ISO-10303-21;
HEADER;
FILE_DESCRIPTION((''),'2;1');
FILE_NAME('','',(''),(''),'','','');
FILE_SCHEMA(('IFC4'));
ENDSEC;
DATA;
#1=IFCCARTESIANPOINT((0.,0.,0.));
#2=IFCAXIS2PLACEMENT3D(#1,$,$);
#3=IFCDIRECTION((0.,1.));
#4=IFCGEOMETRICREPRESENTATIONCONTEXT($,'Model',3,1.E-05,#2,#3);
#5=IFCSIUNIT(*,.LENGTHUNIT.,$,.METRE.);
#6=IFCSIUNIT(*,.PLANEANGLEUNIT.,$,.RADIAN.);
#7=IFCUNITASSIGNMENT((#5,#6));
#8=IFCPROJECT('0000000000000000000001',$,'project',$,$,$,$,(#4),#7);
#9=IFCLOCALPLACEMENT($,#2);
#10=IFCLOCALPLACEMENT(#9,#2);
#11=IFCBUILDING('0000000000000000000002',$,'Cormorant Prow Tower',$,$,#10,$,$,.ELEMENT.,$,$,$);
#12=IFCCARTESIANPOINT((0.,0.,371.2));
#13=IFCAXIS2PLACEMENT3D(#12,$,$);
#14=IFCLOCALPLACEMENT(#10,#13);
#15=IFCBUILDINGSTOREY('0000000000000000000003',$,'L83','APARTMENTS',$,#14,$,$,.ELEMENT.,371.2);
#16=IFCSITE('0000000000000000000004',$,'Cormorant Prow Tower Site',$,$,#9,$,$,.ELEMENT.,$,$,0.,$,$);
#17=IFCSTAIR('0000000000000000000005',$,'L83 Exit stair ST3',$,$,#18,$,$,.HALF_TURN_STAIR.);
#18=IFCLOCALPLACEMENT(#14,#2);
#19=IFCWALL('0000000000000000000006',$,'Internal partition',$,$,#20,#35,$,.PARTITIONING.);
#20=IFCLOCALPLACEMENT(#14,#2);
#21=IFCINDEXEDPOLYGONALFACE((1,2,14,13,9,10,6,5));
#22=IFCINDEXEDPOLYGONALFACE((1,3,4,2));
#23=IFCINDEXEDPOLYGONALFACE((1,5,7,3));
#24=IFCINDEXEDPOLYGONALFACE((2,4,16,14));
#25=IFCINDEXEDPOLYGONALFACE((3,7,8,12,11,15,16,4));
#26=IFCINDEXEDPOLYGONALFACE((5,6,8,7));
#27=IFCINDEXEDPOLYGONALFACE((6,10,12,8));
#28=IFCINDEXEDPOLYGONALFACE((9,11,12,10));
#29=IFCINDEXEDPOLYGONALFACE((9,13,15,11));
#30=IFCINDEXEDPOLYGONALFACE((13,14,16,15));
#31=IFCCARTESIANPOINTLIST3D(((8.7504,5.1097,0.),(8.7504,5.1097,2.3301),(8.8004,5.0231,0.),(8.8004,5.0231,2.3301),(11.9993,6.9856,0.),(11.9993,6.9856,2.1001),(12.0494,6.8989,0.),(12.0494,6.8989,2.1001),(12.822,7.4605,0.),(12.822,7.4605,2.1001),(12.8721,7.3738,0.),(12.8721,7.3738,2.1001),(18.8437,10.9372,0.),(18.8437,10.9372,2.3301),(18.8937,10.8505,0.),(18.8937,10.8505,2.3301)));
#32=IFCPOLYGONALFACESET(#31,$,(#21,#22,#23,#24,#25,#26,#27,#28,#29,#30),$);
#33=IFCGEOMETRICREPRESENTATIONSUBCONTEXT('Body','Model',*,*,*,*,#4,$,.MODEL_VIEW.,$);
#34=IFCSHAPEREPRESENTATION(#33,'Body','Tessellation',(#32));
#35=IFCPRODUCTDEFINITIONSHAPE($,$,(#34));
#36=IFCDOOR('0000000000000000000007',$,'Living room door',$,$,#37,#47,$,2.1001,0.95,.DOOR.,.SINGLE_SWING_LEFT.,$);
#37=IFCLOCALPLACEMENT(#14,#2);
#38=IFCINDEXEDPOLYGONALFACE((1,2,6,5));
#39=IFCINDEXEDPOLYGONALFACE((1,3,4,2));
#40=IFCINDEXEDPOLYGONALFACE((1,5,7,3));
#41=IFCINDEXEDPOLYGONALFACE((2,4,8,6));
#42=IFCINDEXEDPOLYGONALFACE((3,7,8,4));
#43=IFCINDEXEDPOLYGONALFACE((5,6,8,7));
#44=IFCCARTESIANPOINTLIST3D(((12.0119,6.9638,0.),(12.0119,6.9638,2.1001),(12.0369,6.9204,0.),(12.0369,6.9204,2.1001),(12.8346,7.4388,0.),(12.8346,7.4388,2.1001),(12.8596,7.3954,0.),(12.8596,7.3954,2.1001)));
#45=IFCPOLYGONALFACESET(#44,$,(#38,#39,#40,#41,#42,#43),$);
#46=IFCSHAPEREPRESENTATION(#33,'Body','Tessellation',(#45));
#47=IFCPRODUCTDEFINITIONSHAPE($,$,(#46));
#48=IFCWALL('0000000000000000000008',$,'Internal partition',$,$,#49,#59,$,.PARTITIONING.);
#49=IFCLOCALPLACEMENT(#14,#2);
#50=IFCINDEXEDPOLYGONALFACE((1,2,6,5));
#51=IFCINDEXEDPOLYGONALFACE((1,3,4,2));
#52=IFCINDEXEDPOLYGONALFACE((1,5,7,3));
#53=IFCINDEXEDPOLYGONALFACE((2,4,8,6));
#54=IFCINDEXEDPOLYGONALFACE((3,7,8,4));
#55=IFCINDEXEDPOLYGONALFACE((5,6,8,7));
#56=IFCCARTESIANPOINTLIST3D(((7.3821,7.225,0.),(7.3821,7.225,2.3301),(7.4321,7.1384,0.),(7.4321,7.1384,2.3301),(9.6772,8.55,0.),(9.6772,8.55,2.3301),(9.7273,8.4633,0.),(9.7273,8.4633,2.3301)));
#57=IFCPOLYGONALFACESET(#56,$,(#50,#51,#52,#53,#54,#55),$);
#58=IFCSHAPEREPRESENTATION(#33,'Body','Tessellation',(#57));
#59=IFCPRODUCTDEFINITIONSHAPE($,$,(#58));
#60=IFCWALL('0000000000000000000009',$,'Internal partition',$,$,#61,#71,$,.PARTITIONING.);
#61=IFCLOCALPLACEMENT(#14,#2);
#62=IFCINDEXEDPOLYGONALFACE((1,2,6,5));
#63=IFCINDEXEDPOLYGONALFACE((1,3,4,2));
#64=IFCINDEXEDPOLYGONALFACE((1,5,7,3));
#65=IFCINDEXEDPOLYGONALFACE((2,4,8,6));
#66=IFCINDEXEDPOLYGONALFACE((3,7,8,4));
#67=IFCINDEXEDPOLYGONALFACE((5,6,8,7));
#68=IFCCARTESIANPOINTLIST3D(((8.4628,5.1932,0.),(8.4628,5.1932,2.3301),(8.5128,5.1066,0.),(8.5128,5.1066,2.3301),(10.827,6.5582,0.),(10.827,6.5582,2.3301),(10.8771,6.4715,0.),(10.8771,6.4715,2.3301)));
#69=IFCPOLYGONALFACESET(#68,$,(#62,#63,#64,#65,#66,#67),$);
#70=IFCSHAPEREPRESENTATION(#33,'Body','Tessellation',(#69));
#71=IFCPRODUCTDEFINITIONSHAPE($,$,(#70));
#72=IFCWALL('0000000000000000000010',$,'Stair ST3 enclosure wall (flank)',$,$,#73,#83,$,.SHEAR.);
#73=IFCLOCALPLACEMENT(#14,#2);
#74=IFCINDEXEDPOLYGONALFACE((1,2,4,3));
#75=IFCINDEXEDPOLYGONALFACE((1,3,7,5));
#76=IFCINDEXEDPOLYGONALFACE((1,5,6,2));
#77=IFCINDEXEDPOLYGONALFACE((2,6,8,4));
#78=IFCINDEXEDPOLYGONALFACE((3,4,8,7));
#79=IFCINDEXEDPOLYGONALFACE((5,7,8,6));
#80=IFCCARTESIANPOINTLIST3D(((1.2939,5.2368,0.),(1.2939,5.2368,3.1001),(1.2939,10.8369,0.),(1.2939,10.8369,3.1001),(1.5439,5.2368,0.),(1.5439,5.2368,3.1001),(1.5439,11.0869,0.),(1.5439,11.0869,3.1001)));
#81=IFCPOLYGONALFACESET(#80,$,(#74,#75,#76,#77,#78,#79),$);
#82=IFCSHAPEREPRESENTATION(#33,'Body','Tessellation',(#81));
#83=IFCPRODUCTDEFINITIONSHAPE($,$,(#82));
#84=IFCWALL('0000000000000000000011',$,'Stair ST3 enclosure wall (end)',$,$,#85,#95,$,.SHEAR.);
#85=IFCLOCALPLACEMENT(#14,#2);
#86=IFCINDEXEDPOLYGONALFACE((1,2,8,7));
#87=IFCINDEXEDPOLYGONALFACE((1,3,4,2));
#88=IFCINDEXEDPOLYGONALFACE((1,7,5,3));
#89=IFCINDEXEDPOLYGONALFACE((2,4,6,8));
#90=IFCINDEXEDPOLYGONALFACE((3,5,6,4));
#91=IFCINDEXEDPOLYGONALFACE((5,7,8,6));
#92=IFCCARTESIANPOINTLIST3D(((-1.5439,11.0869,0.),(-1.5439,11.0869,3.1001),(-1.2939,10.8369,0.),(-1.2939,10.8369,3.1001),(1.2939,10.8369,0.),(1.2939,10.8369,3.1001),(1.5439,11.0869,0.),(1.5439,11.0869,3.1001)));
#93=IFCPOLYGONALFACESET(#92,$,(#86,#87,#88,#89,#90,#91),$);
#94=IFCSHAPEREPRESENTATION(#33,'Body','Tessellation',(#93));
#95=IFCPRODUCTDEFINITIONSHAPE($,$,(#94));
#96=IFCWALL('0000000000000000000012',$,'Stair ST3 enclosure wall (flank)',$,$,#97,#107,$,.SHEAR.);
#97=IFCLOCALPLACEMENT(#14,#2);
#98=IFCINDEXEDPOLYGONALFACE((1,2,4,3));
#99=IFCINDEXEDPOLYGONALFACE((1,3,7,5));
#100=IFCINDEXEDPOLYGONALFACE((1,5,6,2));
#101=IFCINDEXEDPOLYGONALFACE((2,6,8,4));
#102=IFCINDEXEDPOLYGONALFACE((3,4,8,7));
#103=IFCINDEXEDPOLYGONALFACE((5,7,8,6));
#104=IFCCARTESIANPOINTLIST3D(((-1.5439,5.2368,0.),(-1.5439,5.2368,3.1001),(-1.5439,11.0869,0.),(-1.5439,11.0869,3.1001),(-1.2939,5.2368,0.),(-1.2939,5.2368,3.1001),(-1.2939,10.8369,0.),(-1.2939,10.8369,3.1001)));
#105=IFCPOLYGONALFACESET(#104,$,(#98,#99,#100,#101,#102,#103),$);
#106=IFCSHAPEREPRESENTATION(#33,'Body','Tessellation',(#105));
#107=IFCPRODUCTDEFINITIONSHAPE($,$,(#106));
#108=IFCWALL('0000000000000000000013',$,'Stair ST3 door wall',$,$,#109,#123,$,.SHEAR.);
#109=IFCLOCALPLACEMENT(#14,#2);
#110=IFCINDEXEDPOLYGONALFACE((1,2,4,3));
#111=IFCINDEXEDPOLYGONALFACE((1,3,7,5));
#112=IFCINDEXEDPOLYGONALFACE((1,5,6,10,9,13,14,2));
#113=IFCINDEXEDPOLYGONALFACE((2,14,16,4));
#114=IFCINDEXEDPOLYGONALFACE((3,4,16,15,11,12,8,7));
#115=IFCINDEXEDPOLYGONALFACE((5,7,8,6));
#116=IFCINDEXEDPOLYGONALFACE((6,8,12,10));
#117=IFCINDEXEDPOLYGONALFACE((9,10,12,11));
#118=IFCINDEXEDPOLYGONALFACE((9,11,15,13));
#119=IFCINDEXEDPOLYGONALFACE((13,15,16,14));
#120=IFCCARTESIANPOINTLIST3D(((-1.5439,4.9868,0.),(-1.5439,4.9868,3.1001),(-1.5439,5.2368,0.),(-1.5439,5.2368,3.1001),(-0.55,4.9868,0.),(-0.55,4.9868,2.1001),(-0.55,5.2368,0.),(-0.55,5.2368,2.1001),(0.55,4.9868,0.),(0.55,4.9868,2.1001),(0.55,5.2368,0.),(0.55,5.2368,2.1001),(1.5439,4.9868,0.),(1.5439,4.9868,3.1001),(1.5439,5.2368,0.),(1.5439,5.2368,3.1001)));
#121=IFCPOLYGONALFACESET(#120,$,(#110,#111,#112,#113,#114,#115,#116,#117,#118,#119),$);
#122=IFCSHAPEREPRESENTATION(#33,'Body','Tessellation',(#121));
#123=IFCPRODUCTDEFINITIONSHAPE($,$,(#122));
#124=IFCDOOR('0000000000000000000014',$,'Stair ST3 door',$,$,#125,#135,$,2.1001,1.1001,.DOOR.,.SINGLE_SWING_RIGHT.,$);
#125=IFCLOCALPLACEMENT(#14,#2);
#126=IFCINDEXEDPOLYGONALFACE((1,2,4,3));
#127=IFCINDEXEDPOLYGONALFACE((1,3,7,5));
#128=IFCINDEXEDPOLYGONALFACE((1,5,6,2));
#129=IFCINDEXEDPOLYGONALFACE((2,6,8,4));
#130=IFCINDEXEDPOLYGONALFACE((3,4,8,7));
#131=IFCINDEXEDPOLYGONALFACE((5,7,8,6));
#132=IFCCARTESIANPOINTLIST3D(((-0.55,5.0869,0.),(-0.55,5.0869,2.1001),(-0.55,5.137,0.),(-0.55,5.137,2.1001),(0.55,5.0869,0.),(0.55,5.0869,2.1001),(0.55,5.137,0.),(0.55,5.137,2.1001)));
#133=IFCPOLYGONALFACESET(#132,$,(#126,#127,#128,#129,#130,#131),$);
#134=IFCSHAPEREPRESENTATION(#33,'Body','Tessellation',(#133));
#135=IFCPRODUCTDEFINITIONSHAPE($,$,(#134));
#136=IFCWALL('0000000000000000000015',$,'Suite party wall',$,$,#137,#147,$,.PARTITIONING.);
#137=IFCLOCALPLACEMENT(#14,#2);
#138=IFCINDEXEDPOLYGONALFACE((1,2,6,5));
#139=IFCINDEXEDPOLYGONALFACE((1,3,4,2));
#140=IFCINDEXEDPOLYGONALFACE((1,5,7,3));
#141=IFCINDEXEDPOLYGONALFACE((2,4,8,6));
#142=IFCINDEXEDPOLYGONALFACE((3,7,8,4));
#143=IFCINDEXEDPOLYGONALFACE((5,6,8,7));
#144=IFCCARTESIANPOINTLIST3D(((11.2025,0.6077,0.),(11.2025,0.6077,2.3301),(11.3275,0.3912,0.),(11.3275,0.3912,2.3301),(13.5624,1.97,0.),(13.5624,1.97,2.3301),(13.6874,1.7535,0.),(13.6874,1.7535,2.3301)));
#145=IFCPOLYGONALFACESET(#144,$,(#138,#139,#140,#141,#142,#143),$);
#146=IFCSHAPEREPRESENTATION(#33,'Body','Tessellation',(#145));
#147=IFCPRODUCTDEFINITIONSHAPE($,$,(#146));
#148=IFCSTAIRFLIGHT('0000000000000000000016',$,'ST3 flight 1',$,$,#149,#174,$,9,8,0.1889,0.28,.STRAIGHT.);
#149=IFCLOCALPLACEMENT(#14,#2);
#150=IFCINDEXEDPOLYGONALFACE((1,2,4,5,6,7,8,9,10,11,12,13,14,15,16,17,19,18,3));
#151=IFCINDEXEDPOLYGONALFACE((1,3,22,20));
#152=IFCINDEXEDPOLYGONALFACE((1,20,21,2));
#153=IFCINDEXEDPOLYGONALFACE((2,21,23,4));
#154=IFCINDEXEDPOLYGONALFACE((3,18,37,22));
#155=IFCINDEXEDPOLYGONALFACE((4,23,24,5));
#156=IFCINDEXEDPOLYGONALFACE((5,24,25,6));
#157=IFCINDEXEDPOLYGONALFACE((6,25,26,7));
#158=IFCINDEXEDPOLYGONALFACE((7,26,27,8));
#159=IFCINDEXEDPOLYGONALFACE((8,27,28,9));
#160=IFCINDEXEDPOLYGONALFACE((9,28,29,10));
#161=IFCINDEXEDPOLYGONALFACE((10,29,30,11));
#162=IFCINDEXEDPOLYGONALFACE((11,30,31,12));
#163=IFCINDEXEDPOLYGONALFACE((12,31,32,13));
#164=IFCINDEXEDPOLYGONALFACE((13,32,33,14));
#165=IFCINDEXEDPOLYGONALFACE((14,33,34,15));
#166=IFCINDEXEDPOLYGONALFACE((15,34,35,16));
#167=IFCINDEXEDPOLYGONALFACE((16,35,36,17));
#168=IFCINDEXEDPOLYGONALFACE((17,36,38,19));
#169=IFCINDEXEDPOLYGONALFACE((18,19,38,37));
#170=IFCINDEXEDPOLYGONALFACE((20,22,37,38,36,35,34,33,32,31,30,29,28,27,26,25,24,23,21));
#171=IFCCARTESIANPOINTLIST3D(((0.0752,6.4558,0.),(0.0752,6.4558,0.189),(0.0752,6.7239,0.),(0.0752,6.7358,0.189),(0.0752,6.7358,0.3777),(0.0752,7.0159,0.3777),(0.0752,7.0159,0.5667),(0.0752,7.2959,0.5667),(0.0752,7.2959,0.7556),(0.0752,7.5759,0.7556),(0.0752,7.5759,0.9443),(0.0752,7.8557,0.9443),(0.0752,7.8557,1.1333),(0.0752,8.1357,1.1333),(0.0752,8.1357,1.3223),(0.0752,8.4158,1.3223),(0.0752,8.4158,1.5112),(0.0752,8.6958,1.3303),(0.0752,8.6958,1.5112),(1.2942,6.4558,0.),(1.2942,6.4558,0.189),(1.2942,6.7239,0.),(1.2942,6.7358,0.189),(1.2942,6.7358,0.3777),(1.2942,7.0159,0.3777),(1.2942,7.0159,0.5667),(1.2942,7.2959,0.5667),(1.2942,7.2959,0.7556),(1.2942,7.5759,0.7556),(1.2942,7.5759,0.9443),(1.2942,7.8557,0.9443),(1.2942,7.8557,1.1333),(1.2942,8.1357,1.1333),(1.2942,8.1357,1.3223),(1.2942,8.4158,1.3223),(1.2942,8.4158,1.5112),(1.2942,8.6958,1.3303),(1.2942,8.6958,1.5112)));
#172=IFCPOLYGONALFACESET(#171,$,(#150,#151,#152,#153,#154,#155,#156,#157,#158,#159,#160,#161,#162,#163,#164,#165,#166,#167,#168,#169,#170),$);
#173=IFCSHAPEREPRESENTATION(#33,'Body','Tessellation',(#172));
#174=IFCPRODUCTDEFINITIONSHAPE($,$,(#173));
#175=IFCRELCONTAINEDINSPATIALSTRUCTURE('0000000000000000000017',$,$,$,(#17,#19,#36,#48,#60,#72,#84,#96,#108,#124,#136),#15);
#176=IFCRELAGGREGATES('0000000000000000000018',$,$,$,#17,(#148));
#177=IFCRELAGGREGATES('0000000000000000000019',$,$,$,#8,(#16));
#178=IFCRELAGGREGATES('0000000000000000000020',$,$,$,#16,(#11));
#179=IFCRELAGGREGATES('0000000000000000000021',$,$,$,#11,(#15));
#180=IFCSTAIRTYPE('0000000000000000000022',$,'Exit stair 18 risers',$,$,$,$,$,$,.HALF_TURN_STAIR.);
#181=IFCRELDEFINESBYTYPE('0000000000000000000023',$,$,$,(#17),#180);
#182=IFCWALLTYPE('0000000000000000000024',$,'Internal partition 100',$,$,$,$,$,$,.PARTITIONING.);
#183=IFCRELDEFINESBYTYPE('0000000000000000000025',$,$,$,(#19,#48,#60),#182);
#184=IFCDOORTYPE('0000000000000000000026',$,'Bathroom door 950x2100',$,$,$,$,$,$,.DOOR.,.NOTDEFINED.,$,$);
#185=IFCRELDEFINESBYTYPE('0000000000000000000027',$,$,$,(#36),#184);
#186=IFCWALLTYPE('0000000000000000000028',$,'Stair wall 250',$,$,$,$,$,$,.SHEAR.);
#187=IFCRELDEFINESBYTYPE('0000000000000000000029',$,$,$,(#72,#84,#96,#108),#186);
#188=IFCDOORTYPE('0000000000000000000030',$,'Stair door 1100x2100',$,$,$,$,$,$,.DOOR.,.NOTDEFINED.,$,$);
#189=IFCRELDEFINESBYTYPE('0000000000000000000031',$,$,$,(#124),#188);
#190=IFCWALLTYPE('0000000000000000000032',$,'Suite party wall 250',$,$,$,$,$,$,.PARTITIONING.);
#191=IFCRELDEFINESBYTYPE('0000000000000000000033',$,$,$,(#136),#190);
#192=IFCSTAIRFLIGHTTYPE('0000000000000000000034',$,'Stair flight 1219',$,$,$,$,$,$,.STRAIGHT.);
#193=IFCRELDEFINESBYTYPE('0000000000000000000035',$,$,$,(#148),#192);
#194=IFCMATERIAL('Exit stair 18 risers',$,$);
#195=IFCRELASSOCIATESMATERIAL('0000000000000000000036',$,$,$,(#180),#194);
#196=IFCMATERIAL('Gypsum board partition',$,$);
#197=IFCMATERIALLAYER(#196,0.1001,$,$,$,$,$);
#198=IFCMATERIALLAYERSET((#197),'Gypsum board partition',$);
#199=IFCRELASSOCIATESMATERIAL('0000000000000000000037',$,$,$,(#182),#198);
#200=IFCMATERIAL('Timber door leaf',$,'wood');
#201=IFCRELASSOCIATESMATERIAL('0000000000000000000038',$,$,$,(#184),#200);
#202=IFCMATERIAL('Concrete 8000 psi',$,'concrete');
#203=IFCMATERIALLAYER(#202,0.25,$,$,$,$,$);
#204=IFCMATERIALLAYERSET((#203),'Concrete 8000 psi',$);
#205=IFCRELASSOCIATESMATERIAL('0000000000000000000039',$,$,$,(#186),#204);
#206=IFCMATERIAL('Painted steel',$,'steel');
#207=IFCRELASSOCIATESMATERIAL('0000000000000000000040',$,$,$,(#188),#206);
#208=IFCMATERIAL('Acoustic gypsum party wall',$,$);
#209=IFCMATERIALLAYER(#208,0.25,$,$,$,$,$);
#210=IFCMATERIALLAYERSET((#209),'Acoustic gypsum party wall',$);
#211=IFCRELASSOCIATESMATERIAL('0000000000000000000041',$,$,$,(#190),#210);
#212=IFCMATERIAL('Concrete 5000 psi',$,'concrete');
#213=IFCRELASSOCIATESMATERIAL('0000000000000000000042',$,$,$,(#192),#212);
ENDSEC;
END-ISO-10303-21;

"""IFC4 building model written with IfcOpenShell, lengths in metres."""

from ifc_helpers import new_model, si_unit, direction, frame, frame_2d, origin, place, context, subcontext, project, spatial, polyline, rectangle, outline, extrude, material, layer, layer_set, type_object, element, fill, aggregate, save


model = new_model("IFC4")

# Units and contexts
model_context = context("Model", 3, precision=1e-05, world=origin(), true_north=direction((0.0, 1.0)))
body_context = subcontext(model_context, "Body", "Model", "MODEL_VIEW")
ifc_project = project(units=[si_unit("LENGTHUNIT", "METRE"), si_unit("PLANEANGLEUNIT", "RADIAN")], contexts=[model_context])

# Site, building, storey
site_placement = place(None, origin())
site = spatial("IfcSite", under=ifc_project, at=site_placement, Name="Cormorant Prow Tower Site", CompositionType="ELEMENT", RefElevation=0.0)
building_placement = place(site_placement, origin())
building = spatial("IfcBuilding", under=site, at=building_placement, Name="Cormorant Prow Tower", CompositionType="ELEMENT")
storey_placement = place(building_placement, frame((0.0, 0.0, 371.2)))
storey = spatial("IfcBuildingStorey", under=building, at=storey_placement, Name="L83", Description="APARTMENTS", CompositionType="ELEMENT", Elevation=371.2)

# Stair
ifc_material_1 = material(Name="Exit stair 18 risers")
stair_type = type_object("IfcStairType", Name="Exit stair 18 risers", PredefinedType="HALF_TURN_STAIR", material=ifc_material_1)
stair_1_placement = place(storey_placement, origin())
stair_1 = element("IfcStair", 1, at=stair_1_placement, inside=storey, type_object=stair_type, Name="L83 Exit stair ST3", PredefinedType="HALF_TURN_STAIR")

# Wall, opening, door
ifc_material_2 = material(Name="Gypsum board partition")
ifc_layer_1 = layer(ifc_material_2, 0.1001)
ifc_layer_set_1 = layer_set([ifc_layer_1], Name="Gypsum board partition")
wall_type_1 = type_object("IfcWallType", Name="Internal partition 100", PredefinedType="PARTITIONING", material=ifc_layer_set_1)
wall_1_placement = place(storey_placement, frame((8.7754, 5.0664, 0.0), z_axis=(0.0, 0.0, 1.0), x_axis=(0.866024, 0.500003, 0.0)))
wall_1 = element("IfcWall", 2, at=wall_1_placement, inside=storey, type_object=wall_type_1, Name="Internal partition", PredefinedType="PARTITIONING", context=body_context, shape_type="SweptSolid", body=[
    extrude(rectangle(XDim=11.6548, YDim=0.1001, at=frame_2d((5.8274, 0.0))), origin(), (0.0, 0.0, 1.0), 2.3301),
])
opening_1_placement = place(wall_1_placement, frame((3.7515, 0.0, 0.0)))
opening_1 = element("IfcOpeningElement", 3, at=opening_1_placement, cuts=wall_1, PredefinedType="OPENING", context=body_context, shape_type="SweptSolid", body=[
    extrude(rectangle(XDim=0.95, YDim=2.1001, at=frame_2d((0.4751, 1.05))), frame((0.0, 0.0601, 0.0), z_axis=(0.0, -1.0, 0.0), x_axis=(1.0, 0.0, 0.0)), (0.0, 0.0, 1.0), 0.1201),
])
ifc_material_3 = material(Name="Timber door leaf", Category="wood")
door_type_1 = type_object("IfcDoorType", Name="Bathroom door 950x2100", OperationType="NOTDEFINED", PredefinedType="DOOR", material=ifc_material_3)
door_1_placement = place(opening_1_placement, origin())
door_1 = element("IfcDoor", 4, at=door_1_placement, inside=storey, type_object=door_type_1, Name="Living room door", OperationType="SINGLE_SWING_LEFT", OverallHeight=2.1001, OverallWidth=0.95, PredefinedType="DOOR", context=body_context, shape_type="SweptSolid", body=[
    extrude(rectangle(XDim=0.95, YDim=2.1001, at=frame_2d((0.4751, 1.05))), frame((0.0, 0.0249, 0.0), z_axis=(0.0, -1.0, 0.0), x_axis=(1.0, 0.0, 0.0)), (0.0, 0.0, 1.0), 0.05),
])
fill(opening_1, door_1)

# Walls
wall_2_placement = place(storey_placement, frame((7.407, 7.1816, 0.0), z_axis=(0.0, 0.0, 1.0), x_axis=(0.866052, 0.499954, 0.0)))
element("IfcWall", 5, at=wall_2_placement, inside=storey, type_object=wall_type_1, Name="Internal partition", PredefinedType="PARTITIONING", context=body_context, shape_type="SweptSolid", body=[
    extrude(rectangle(XDim=2.6501, YDim=0.1001, at=frame_2d((1.3252, 0.0))), origin(), (0.0, 0.0, 1.0), 2.3301),
])
wall_3_placement = place(storey_placement, frame((8.4878, 5.1499, 0.0), z_axis=(0.0, 0.0, 1.0), x_axis=(0.866028, 0.499996, 0.0)))
element("IfcWall", 6, at=wall_3_placement, inside=storey, type_object=wall_type_1, Name="Internal partition", PredefinedType="PARTITIONING", context=body_context, shape_type="SweptSolid", body=[
    extrude(rectangle(XDim=2.73, YDim=0.1001, at=frame_2d((1.365, 0.0))), origin(), (0.0, 0.0, 1.0), 2.3301),
])
ifc_material_4 = material(Name="Concrete 8000 psi", Category="concrete")
ifc_layer_2 = layer(ifc_material_4, 0.25)
ifc_layer_set_2 = layer_set([ifc_layer_2], Name="Concrete 8000 psi")
wall_type_2 = type_object("IfcWallType", Name="Stair wall 250", PredefinedType="SHEAR", material=ifc_layer_set_2)
wall_4_placement = place(storey_placement, origin())
element("IfcWall", 7, at=wall_4_placement, inside=storey, type_object=wall_type_2, Name="Stair ST3 enclosure wall (flank)", PredefinedType="SHEAR", context=body_context, shape_type="SweptSolid", body=[
    extrude(outline(polyline([(1.5439, 5.2368), (1.5439, 11.0869), (1.2939, 10.8369), (1.2939, 5.2368), (1.5439, 5.2368)])), origin(), (0.0, 0.0, 1.0), 3.1001),
])
wall_5_placement = place(storey_placement, origin())
element("IfcWall", 8, at=wall_5_placement, inside=storey, type_object=wall_type_2, Name="Stair ST3 enclosure wall (end)", PredefinedType="SHEAR", context=body_context, shape_type="SweptSolid", body=[
    extrude(outline(polyline([(1.5439, 11.0869), (-1.5439, 11.0869), (-1.2939, 10.8369), (1.2939, 10.8369), (1.5439, 11.0869)])), origin(), (0.0, 0.0, 1.0), 3.1001),
])
wall_6_placement = place(storey_placement, origin())
element("IfcWall", 9, at=wall_6_placement, inside=storey, type_object=wall_type_2, Name="Stair ST3 enclosure wall (flank)", PredefinedType="SHEAR", context=body_context, shape_type="SweptSolid", body=[
    extrude(outline(polyline([(-1.2939, 10.8369), (-1.5439, 11.0869), (-1.5439, 5.2368), (-1.2939, 5.2368), (-1.2939, 10.8369)])), origin(), (0.0, 0.0, 1.0), 3.1001),
])

# Wall, opening, door
wall_7_placement = place(storey_placement, frame((1.5439, 5.1118, 0.0), z_axis=(0.0, 0.0, 1.0), x_axis=(-1.0, 0.0, 0.0)))
wall_7 = element("IfcWall", 10, at=wall_7_placement, inside=storey, type_object=wall_type_2, Name="Stair ST3 door wall", PredefinedType="SHEAR", context=body_context, shape_type="SweptSolid", body=[
    extrude(rectangle(XDim=3.0879, YDim=0.25, at=frame_2d((1.5439, 0.0))), origin(), (0.0, 0.0, 1.0), 3.1001),
])
opening_2_placement = place(wall_7_placement, frame((0.9939, 0.0, 0.0)))
opening_2 = element("IfcOpeningElement", 11, at=opening_2_placement, cuts=wall_7, PredefinedType="OPENING", context=body_context, shape_type="SweptSolid", body=[
    extrude(rectangle(XDim=1.1001, YDim=2.1001, at=frame_2d((0.55, 1.05))), frame((0.0, 0.135, 0.0), z_axis=(0.0, -1.0, 0.0), x_axis=(1.0, 0.0, 0.0)), (0.0, 0.0, 1.0), 0.27),
])
ifc_material_5 = material(Name="Painted steel", Category="steel")
door_type_2 = type_object("IfcDoorType", Name="Stair door 1100x2100", OperationType="NOTDEFINED", PredefinedType="DOOR", material=ifc_material_5)
door_2_placement = place(opening_2_placement, origin())
door_2 = element("IfcDoor", 12, at=door_2_placement, inside=storey, type_object=door_type_2, Name="Stair ST3 door", OperationType="SINGLE_SWING_RIGHT", OverallHeight=2.1001, OverallWidth=1.1001, PredefinedType="DOOR", context=body_context, shape_type="SweptSolid", body=[
    extrude(rectangle(XDim=1.1001, YDim=2.1001, at=frame_2d((0.55, 1.05))), frame((0.0, 0.0249, 0.0), z_axis=(0.0, -1.0, 0.0), x_axis=(1.0, 0.0, 0.0)), (0.0, 0.0, 1.0), 0.05),
])
fill(opening_2, door_2)

# Wall
ifc_material_6 = material(Name="Acoustic gypsum party wall")
ifc_layer_3 = layer(ifc_material_6, 0.25)
ifc_layer_set_3 = layer_set([ifc_layer_3], Name="Acoustic gypsum party wall")
wall_type_3 = type_object("IfcWallType", Name="Suite party wall 250", PredefinedType="PARTITIONING", material=ifc_layer_set_3)
wall_8_placement = place(storey_placement, frame((11.2651, 0.4995, 0.0), z_axis=(0.0, 0.0, 1.0), x_axis=(0.866051, 0.499955, 0.0)))
element("IfcWall", 13, at=wall_8_placement, inside=storey, type_object=wall_type_3, Name="Suite party wall", PredefinedType="PARTITIONING", context=body_context, shape_type="SweptSolid", body=[
    extrude(rectangle(XDim=2.7249, YDim=0.25, at=frame_2d((1.3623, 0.0))), origin(), (0.0, 0.0, 1.0), 2.3301),
])

# Stair flight
ifc_material_7 = material(Name="Concrete 5000 psi", Category="concrete")
stair_flight_type = type_object("IfcStairFlightType", Name="Stair flight 1219", PredefinedType="STRAIGHT", material=ifc_material_7)
stair_flight_placement = place(storey_placement, frame((0.6846, 6.4558, 0.0), z_axis=(0.0, 0.0, 1.0), x_axis=(0.0, 1.0, 0.0)))
stair_flight = element("IfcStairFlight", 14, at=stair_flight_placement, type_object=stair_flight_type, Name="ST3 flight 1", NumberOfRisers=9, NumberOfTreads=8, PredefinedType="STRAIGHT", RiserHeight=0.1889, TreadLength=0.28, context=body_context, shape_type="SweptSolid", body=[
    extrude(outline(polyline([(0.0, 0.0), (0.0, 0.189), (0.28, 0.189), (0.28, 0.3777), (0.5601, 0.3777), (0.5601, 0.5667), (0.8401, 0.5667), (0.8401, 0.7556), (1.1201, 0.7556), (1.1201, 0.9443), (1.3999, 0.9443), (1.3999, 1.1333), (1.6799, 1.1333), (1.6799, 1.3223), (1.96, 1.3223), (1.96, 1.5112), (2.24, 1.5112), (2.24, 1.7), (2.24, 1.3303), (0.2681, 0.0), (0.0, 0.0)])), frame((0.0, 0.6094, 0.0), z_axis=(0.0, -1.0, 0.0), x_axis=(1.0, 0.0, 0.0)), (0.0, 0.0, 1.0), 1.219),
])
aggregate(stair_1, [stair_flight])

save(model, "model.ifc")
